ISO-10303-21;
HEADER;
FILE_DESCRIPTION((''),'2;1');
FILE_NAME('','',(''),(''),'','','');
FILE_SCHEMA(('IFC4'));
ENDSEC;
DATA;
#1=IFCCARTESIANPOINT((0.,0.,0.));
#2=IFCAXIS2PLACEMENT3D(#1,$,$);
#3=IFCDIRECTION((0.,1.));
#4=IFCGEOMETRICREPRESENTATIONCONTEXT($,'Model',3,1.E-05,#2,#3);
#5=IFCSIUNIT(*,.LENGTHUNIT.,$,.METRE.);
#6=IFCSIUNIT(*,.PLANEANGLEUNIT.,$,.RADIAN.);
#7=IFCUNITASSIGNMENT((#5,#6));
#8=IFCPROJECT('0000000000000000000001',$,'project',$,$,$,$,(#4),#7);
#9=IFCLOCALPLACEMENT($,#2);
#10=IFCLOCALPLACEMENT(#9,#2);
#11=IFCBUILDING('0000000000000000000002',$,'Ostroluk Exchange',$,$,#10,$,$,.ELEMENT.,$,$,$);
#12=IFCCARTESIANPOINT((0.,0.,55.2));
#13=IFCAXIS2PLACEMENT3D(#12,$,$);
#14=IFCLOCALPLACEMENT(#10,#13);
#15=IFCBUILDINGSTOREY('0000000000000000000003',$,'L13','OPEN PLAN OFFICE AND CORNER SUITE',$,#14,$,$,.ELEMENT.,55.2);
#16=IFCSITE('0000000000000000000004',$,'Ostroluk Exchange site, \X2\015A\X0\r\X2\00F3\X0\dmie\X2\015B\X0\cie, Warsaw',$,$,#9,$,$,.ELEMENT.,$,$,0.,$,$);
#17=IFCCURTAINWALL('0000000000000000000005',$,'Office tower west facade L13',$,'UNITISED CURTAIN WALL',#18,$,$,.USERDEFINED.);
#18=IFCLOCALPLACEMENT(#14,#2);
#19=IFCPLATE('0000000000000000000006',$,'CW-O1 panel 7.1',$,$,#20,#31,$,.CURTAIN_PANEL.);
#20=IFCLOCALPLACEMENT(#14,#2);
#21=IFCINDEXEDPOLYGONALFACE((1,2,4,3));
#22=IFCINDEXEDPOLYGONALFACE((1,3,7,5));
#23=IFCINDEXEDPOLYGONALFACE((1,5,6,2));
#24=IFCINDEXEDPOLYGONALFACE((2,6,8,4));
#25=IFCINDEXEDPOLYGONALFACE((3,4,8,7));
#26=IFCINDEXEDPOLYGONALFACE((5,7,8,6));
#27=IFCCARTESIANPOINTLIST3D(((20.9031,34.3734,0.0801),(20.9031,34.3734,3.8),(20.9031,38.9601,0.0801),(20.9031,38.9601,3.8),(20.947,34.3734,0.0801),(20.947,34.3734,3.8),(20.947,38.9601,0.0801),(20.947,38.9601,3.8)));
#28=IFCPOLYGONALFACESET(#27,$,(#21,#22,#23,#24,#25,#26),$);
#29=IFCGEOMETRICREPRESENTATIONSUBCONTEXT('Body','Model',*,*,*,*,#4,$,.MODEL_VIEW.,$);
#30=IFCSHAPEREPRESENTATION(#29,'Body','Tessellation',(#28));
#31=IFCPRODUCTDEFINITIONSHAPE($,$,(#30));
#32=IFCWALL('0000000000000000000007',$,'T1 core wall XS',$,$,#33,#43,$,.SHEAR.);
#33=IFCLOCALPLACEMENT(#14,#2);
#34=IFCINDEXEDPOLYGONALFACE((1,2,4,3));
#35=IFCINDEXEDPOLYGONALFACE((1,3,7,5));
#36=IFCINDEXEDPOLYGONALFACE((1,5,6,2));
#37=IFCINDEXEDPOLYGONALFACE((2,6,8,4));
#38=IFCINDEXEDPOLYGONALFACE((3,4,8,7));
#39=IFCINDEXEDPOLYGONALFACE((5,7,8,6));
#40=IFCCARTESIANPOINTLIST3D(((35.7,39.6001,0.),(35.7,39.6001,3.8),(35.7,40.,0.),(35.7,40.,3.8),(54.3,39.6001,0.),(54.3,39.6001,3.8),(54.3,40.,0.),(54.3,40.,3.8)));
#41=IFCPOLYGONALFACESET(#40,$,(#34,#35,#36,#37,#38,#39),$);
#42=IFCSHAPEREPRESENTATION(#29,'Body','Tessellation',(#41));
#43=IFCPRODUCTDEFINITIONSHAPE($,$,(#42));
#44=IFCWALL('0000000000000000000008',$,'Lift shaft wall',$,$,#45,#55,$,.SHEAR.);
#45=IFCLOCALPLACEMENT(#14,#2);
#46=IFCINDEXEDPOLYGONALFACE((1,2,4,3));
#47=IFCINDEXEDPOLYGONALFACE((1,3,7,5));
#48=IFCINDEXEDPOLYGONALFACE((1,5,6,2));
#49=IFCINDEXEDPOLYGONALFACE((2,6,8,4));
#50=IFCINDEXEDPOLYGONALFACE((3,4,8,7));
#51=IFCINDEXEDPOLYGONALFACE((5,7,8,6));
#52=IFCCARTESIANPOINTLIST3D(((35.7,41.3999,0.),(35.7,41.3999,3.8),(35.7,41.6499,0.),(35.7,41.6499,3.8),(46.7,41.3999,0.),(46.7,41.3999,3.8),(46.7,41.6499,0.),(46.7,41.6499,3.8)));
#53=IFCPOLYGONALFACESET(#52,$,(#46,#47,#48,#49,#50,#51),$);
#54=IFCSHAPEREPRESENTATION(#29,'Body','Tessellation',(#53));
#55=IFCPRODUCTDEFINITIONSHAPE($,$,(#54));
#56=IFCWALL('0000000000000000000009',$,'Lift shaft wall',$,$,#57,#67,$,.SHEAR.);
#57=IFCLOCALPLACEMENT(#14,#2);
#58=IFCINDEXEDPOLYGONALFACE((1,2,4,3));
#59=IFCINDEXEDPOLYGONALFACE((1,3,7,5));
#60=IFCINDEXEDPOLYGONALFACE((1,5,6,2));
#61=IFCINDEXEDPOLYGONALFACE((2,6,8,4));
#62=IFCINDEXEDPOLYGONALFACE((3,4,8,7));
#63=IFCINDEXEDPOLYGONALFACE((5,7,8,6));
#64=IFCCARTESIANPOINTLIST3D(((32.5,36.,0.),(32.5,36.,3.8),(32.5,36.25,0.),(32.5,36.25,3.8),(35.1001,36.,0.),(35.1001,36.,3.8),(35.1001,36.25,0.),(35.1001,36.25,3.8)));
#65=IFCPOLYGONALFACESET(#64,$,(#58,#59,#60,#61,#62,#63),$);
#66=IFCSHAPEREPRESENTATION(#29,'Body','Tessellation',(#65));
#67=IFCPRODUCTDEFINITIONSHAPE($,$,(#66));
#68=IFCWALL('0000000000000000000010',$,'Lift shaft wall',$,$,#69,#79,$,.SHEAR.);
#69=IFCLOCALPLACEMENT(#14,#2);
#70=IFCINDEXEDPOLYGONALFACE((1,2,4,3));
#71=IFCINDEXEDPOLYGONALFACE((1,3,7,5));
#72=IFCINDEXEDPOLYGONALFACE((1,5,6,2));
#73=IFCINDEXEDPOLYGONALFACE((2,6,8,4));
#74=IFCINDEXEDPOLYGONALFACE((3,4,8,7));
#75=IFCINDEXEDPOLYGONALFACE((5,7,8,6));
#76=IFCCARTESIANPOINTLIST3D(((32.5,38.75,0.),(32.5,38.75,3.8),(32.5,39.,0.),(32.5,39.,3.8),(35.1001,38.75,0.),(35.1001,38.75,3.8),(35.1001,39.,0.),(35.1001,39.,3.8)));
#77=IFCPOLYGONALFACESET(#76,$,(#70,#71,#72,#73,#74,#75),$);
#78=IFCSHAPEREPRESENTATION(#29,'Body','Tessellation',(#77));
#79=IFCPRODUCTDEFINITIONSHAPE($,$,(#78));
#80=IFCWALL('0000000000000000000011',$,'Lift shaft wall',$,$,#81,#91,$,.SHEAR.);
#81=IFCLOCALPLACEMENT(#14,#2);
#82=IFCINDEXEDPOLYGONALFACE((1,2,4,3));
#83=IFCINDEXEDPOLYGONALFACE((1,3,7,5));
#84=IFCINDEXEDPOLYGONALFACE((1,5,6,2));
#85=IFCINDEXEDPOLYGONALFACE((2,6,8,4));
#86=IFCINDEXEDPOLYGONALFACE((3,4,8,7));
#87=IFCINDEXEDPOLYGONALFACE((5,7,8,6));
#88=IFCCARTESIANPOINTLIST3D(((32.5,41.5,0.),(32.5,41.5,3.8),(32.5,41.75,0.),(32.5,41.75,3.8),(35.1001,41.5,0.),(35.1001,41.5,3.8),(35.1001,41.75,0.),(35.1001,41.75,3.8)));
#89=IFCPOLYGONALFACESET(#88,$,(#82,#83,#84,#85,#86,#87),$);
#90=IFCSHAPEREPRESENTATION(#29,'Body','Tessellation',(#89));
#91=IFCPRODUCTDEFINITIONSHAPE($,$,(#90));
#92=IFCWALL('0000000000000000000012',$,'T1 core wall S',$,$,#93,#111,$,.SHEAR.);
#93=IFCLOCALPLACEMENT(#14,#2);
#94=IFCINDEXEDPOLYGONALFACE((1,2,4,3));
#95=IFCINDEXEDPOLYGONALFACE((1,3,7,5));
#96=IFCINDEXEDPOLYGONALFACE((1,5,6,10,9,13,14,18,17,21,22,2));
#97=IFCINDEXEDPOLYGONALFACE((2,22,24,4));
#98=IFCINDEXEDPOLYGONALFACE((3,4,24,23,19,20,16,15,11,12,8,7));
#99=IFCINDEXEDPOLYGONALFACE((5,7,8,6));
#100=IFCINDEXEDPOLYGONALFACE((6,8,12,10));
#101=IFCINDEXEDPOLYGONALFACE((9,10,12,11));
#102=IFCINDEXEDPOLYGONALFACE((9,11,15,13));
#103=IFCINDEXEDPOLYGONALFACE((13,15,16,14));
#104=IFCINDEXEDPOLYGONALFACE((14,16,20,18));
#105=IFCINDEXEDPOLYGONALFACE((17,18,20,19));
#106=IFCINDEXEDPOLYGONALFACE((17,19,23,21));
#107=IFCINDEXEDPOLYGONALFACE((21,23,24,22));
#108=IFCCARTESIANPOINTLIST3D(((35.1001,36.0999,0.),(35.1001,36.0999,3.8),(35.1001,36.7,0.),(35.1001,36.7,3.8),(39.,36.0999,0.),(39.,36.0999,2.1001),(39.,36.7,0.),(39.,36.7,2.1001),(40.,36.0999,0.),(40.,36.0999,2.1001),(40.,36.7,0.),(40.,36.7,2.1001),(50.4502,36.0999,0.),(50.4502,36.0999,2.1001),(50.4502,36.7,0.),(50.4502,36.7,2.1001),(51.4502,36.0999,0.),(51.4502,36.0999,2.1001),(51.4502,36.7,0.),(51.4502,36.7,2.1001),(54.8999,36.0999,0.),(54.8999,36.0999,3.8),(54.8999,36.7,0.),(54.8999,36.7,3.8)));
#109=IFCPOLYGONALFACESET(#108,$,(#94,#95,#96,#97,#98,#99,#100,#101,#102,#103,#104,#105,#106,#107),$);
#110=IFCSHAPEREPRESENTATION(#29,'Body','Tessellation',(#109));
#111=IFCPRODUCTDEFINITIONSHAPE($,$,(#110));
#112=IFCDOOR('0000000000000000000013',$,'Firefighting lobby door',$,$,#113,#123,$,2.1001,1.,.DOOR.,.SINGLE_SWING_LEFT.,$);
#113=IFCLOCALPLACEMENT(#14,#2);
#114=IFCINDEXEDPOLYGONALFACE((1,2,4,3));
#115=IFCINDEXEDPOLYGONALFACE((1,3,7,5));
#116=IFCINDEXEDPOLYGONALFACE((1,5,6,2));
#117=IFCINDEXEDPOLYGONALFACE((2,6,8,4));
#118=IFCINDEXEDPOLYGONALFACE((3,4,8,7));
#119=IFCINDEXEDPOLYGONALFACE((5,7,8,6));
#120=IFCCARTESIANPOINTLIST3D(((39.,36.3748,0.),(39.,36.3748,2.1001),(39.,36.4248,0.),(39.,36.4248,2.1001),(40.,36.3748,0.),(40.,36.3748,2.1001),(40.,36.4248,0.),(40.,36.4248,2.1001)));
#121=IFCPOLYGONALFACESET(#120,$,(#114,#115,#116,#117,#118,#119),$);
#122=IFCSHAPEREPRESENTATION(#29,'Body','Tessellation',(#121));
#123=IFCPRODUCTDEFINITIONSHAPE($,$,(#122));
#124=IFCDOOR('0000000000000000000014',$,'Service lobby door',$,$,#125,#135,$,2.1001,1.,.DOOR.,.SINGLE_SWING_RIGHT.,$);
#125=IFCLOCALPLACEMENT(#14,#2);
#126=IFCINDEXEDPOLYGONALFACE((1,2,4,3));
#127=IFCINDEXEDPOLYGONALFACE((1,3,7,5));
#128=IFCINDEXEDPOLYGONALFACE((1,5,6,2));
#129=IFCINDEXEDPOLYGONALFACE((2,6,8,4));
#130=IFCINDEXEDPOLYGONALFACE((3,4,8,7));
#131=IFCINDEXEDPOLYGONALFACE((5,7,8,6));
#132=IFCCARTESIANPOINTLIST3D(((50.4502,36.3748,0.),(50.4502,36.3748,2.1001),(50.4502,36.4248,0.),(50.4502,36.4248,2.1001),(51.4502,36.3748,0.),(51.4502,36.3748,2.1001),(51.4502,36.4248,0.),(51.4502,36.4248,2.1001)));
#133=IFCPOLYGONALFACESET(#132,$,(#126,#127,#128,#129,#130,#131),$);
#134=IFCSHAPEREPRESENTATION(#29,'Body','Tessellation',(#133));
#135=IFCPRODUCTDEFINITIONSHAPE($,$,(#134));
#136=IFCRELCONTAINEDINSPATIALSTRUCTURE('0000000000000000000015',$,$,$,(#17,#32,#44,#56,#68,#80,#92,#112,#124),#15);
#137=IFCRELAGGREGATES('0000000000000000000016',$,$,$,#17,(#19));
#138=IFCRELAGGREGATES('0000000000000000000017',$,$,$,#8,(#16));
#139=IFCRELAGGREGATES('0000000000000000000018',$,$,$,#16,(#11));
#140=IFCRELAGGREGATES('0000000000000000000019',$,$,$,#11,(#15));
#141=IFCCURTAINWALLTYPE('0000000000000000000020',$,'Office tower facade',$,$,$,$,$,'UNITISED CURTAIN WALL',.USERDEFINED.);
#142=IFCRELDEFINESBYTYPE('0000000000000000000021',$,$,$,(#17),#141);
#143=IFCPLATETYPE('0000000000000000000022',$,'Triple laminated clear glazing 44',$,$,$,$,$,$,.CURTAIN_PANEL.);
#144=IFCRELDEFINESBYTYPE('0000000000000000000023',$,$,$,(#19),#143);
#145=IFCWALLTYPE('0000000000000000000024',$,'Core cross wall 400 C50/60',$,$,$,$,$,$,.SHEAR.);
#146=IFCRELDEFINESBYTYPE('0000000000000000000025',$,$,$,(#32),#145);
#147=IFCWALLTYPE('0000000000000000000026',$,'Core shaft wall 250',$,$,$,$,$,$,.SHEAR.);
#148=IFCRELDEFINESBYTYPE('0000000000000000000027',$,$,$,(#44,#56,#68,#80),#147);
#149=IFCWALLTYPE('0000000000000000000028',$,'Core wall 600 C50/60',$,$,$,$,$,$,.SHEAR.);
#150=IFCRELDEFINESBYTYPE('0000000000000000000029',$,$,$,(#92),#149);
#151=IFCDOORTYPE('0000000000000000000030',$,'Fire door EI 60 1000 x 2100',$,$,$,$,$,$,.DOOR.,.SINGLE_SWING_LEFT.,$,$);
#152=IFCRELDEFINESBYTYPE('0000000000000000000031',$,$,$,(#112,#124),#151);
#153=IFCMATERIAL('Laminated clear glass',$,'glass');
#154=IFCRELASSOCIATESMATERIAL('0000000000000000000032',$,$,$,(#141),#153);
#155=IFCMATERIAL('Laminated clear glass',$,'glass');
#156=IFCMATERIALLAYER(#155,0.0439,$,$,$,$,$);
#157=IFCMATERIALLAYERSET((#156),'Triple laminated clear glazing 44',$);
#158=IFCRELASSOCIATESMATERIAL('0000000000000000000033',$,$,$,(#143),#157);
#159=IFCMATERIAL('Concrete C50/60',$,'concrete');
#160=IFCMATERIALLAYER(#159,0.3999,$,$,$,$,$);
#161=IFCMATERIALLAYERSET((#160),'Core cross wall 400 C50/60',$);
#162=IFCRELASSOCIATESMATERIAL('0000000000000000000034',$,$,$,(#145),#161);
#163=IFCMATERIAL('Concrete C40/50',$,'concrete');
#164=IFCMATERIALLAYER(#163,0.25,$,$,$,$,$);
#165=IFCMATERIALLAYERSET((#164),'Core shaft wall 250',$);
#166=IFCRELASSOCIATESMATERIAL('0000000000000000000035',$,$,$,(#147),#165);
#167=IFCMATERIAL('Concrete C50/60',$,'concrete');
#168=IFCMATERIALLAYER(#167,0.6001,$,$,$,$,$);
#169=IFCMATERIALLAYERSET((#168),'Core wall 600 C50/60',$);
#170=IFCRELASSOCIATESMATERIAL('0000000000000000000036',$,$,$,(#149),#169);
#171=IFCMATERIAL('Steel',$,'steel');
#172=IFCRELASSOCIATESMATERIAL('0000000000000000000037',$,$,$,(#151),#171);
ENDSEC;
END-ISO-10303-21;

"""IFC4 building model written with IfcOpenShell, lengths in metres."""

from ifc_helpers import new_model, si_unit, direction, frame, frame_2d, origin, origin_2d, place, context, subcontext, project, spatial, rectangle, extrude, material, layer, layer_set, type_object, element, fill, aggregate, save


model = new_model("IFC4")

# Units and contexts
model_context = context("Model", 3, precision=1e-05, world=origin(), true_north=direction((0.0, 1.0)))
body_context = subcontext(model_context, "Body", "Model", "MODEL_VIEW")
ifc_project = project(units=[si_unit("LENGTHUNIT", "METRE"), si_unit("PLANEANGLEUNIT", "RADIAN")], contexts=[model_context])

# Site, building, storey
site_placement = place(None, origin())
site = spatial("IfcSite", under=ifc_project, at=site_placement, Name="Ostroluk Exchange site, Śródmieście, Warsaw", CompositionType="ELEMENT", RefElevation=0.0)
building_placement = place(site_placement, origin())
building = spatial("IfcBuilding", under=site, at=building_placement, Name="Ostroluk Exchange", CompositionType="ELEMENT")
storey_placement = place(building_placement, frame((0.0, 0.0, 55.2)))
storey = spatial("IfcBuildingStorey", under=building, at=storey_placement, Name="L13", Description="OPEN PLAN OFFICE AND CORNER SUITE", CompositionType="ELEMENT", Elevation=55.2)

# Curtain wall, plate
ifc_material_1 = material(Name="Laminated clear glass", Category="glass")
curtain_wall_type = type_object("IfcCurtainWallType", Name="Office tower facade", ElementType="UNITISED CURTAIN WALL", PredefinedType="USERDEFINED", material=ifc_material_1)
curtain_wall_placement = place(storey_placement, origin())
curtain_wall = element("IfcCurtainWall", 1, at=curtain_wall_placement, inside=storey, type_object=curtain_wall_type, Name="Office tower west facade L13", ObjectType="UNITISED CURTAIN WALL", PredefinedType="USERDEFINED")
ifc_material_2 = material(Name="Laminated clear glass", Category="glass")
ifc_layer_1 = layer(ifc_material_2, 0.0439)
ifc_layer_set_1 = layer_set([ifc_layer_1], Name="Triple laminated clear glazing 44")
plate_type = type_object("IfcPlateType", Name="Triple laminated clear glazing 44", PredefinedType="CURTAIN_PANEL", material=ifc_layer_set_1)
plate_1_placement = place(storey_placement, frame((20.925, 36.6667, 0.0801), z_axis=(0.0, 0.0, 1.0), x_axis=(0.0, -1.0, 0.0)))
plate_1 = element("IfcPlate", 2, at=plate_1_placement, type_object=plate_type, Name="CW-O1 panel 7.1", PredefinedType="CURTAIN_PANEL", context=body_context, shape_type="SweptSolid", body=[
    extrude(rectangle(XDim=4.5867, YDim=0.0439, at=origin_2d()), origin(), (0.0, 0.0, 1.0), 3.72),
])
aggregate(curtain_wall, [plate_1])

# Walls
ifc_material_3 = material(Name="Concrete C50/60", Category="concrete")
ifc_layer_2 = layer(ifc_material_3, 0.3999)
ifc_layer_set_2 = layer_set([ifc_layer_2], Name="Core cross wall 400 C50/60")
wall_type_1 = type_object("IfcWallType", Name="Core cross wall 400 C50/60", PredefinedType="SHEAR", material=ifc_layer_set_2)
wall_1_placement = place(storey_placement, frame((35.7, 39.8, 0.0), z_axis=(0.0, 0.0, 1.0), x_axis=(1.0, 0.0, 0.0)))
element("IfcWall", 3, at=wall_1_placement, inside=storey, type_object=wall_type_1, Name="T1 core wall XS", PredefinedType="SHEAR", context=body_context, shape_type="SweptSolid", body=[
    extrude(rectangle(XDim=18.6001, YDim=0.3999, at=frame_2d((9.3, 0.0))), origin(), (0.0, 0.0, 1.0), 3.8),
])
ifc_material_4 = material(Name="Concrete C40/50", Category="concrete")
ifc_layer_3 = layer(ifc_material_4, 0.25)
ifc_layer_set_3 = layer_set([ifc_layer_3], Name="Core shaft wall 250")
wall_type_2 = type_object("IfcWallType", Name="Core shaft wall 250", PredefinedType="SHEAR", material=ifc_layer_set_3)
wall_2_placement = place(storey_placement, frame((35.7, 41.5249, 0.0), z_axis=(0.0, 0.0, 1.0), x_axis=(1.0, 0.0, 0.0)))
element("IfcWall", 4, at=wall_2_placement, inside=storey, type_object=wall_type_2, Name="Lift shaft wall", PredefinedType="SHEAR", context=body_context, shape_type="SweptSolid", body=[
    extrude(rectangle(XDim=11.0, YDim=0.25, at=frame_2d((5.5, 0.0))), origin(), (0.0, 0.0, 1.0), 3.8),
])
for number, where, z_axis, x_axis, name in (
    (5, (32.5, 36.125, 0.0), (0.0, 0.0, 1.0), (1.0, 0.0, 0.0), "Lift shaft wall"),
    (6, (32.5, 38.875, 0.0), (0.0, 0.0, 1.0), (1.0, 0.0, 0.0), "Lift shaft wall"),
    (7, (32.5, 41.625, 0.0), (0.0, 0.0, 1.0), (1.0, 0.0, 0.0), "Lift shaft wall"),
):
    element("IfcWall", number, at=place(storey_placement, frame(where, z_axis=z_axis, x_axis=x_axis)), inside=storey, type_object=wall_type_2, Name=name, PredefinedType="SHEAR", context=body_context, shape_type="SweptSolid", body=[
        extrude(rectangle(XDim=2.6001, YDim=0.25, at=frame_2d((1.3, 0.0))), origin(), (0.0, 0.0, 1.0), 3.8),
    ])

# Wall, openings, doors
ifc_material_5 = material(Name="Concrete C50/60", Category="concrete")
ifc_layer_4 = layer(ifc_material_5, 0.6001)
ifc_layer_set_4 = layer_set([ifc_layer_4], Name="Core wall 600 C50/60")
wall_type_3 = type_object("IfcWallType", Name="Core wall 600 C50/60", PredefinedType="SHEAR", material=ifc_layer_set_4)
wall_3_placement = place(storey_placement, frame((35.1001, 36.3999, 0.0), z_axis=(0.0, 0.0, 1.0), x_axis=(1.0, 0.0, 0.0)))
wall_3 = element("IfcWall", 8, at=wall_3_placement, inside=storey, type_object=wall_type_3, Name="T1 core wall S", PredefinedType="SHEAR", context=body_context, shape_type="SweptSolid", body=[
    extrude(rectangle(XDim=19.7998, YDim=0.6001, at=frame_2d((9.8999, 0.0))), origin(), (0.0, 0.0, 1.0), 3.8),
])
opening_1_placement = place(wall_3_placement, frame((3.8999, 0.0, 0.0)))
opening_1 = element("IfcOpeningElement", 9, at=opening_1_placement, cuts=wall_3, PredefinedType="OPENING", context=body_context, shape_type="SweptSolid", body=[
    extrude(rectangle(XDim=1.0, YDim=2.1001, at=frame_2d((0.5, 1.05))), frame((0.0, 0.3101, 0.0), z_axis=(0.0, -1.0, 0.0), x_axis=(1.0, 0.0, 0.0)), (0.0, 0.0, 1.0), 0.6201),
])
opening_2_placement = place(wall_3_placement, frame((15.3501, 0.0, 0.0)))
opening_2 = element("IfcOpeningElement", 10, at=opening_2_placement, cuts=wall_3, PredefinedType="OPENING", context=body_context, shape_type="SweptSolid", body=[
    extrude(rectangle(XDim=1.0, YDim=2.1001, at=frame_2d((0.5, 1.05))), frame((0.0, 0.3101, 0.0), z_axis=(0.0, -1.0, 0.0), x_axis=(1.0, 0.0, 0.0)), (0.0, 0.0, 1.0), 0.6201),
])
ifc_material_6 = material(Name="Steel", Category="steel")
door_type_1 = type_object("IfcDoorType", Name="Fire door EI 60 1000 x 2100", OperationType="SINGLE_SWING_LEFT", PredefinedType="DOOR", material=ifc_material_6)
door_1_placement = place(opening_1_placement, origin())
door_1 = element("IfcDoor", 11, at=door_1_placement, inside=storey, type_object=door_type_1, Name="Firefighting lobby door", OperationType="SINGLE_SWING_LEFT", OverallHeight=2.1001, OverallWidth=1.0, PredefinedType="DOOR", context=body_context, shape_type="SweptSolid", body=[
    extrude(rectangle(XDim=1.0, YDim=2.1001, at=frame_2d((0.5, 1.05))), frame((0.0, 0.0249, 0.0), z_axis=(0.0, -1.0, 0.0), x_axis=(1.0, 0.0, 0.0)), (0.0, 0.0, 1.0), 0.05),
])
fill(opening_1, door_1)
door_2_placement = place(opening_2_placement, origin())
door_2 = element("IfcDoor", 12, at=door_2_placement, inside=storey, type_object=door_type_1, Name="Service lobby door", OperationType="SINGLE_SWING_RIGHT", OverallHeight=2.1001, OverallWidth=1.0, PredefinedType="DOOR", context=body_context, shape_type="SweptSolid", body=[
    extrude(rectangle(XDim=1.0, YDim=2.1001, at=frame_2d((0.5, 1.05))), frame((0.0, 0.0249, 0.0), z_axis=(0.0, -1.0, 0.0), x_axis=(1.0, 0.0, 0.0)), (0.0, 0.0, 1.0), 0.05),
])
fill(opening_2, door_2)

save(model, "model.ifc")
